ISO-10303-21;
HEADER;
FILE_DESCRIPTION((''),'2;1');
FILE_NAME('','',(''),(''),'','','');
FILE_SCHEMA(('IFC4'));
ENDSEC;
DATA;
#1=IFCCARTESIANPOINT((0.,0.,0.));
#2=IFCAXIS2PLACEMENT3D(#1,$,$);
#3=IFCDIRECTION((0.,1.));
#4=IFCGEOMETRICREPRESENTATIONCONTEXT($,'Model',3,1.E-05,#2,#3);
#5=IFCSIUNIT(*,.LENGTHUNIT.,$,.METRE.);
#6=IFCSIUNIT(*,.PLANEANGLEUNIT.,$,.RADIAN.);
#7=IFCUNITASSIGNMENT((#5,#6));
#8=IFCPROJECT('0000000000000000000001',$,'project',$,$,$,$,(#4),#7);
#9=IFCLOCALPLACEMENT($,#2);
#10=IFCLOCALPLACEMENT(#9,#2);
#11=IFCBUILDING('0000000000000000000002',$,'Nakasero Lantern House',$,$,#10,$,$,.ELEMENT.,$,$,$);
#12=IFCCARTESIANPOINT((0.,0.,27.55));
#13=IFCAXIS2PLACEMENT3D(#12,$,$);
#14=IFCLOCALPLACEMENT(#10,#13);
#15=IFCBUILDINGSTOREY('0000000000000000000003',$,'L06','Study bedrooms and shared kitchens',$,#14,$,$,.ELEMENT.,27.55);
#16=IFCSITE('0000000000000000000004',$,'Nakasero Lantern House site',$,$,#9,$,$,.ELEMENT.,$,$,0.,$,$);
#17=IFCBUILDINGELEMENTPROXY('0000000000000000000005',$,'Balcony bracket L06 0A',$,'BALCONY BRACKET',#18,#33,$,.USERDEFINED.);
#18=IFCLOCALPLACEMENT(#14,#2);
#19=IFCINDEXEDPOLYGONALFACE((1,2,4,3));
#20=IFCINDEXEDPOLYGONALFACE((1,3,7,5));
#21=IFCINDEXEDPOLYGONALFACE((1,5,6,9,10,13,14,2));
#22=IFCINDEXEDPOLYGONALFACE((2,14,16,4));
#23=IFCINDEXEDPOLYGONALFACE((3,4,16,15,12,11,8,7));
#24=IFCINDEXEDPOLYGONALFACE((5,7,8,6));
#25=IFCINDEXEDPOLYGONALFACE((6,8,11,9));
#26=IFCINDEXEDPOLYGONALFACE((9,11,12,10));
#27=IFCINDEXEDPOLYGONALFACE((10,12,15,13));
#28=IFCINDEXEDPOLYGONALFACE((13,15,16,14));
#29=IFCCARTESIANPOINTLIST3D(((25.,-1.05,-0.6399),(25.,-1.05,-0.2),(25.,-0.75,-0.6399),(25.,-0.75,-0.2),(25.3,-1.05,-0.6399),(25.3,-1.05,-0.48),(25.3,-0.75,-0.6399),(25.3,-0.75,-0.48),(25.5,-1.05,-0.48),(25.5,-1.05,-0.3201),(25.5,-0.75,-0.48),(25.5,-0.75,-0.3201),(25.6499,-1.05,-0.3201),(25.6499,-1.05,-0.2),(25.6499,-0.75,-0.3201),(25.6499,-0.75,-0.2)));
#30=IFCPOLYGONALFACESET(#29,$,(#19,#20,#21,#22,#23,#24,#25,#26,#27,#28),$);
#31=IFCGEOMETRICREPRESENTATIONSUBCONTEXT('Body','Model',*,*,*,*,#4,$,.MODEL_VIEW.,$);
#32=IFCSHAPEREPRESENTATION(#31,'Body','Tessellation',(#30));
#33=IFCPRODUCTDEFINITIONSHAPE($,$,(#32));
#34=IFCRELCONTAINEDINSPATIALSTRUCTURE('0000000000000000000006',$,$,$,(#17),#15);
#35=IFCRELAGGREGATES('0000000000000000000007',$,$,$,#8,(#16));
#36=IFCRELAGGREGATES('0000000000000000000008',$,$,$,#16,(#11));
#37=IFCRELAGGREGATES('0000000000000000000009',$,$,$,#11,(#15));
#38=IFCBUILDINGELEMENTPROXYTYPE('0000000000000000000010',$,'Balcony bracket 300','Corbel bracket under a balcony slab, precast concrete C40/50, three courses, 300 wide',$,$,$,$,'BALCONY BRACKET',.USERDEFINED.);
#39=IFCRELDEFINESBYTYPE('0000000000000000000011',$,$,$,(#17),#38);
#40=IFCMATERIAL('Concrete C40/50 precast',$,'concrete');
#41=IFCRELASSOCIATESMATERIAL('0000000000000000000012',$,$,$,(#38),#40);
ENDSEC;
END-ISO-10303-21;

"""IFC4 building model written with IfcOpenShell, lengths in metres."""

from ifc_helpers import new_model, si_unit, direction, frame, origin, place, context, subcontext, project, spatial, polyline, outline, extrude, material, type_object, element, save


model = new_model("IFC4")

# Units and contexts
model_context = context("Model", 3, precision=1e-05, world=origin(), true_north=direction((0.0, 1.0)))
body_context = subcontext(model_context, "Body", "Model", "MODEL_VIEW")
ifc_project = project(units=[si_unit("LENGTHUNIT", "METRE"), si_unit("PLANEANGLEUNIT", "RADIAN")], contexts=[model_context])

# Site, building, storey
site_placement = place(None, origin())
site = spatial("IfcSite", under=ifc_project, at=site_placement, Name="Nakasero Lantern House site", CompositionType="ELEMENT", RefElevation=0.0)
building_placement = place(site_placement, origin())
building = spatial("IfcBuilding", under=site, at=building_placement, Name="Nakasero Lantern House", CompositionType="ELEMENT")
storey_placement = place(building_placement, frame((0.0, 0.0, 27.55)))
storey = spatial("IfcBuildingStorey", under=building, at=storey_placement, Name="L06", Description="Study bedrooms and shared kitchens", CompositionType="ELEMENT", Elevation=27.55)

# Building element proxy
ifc_material_1 = material(Name="Concrete C40/50 precast", Category="concrete")
building_element_proxy_type = type_object("IfcBuildingElementProxyType", Name="Balcony bracket 300", Description="Corbel bracket under a balcony slab, precast concrete C40/50, three courses, 300 wide", ElementType="BALCONY BRACKET", PredefinedType="USERDEFINED", material=ifc_material_1)
proxy_placement = place(storey_placement, frame((25.0, -0.8999, -0.2), z_axis=(0.0, 0.0, 1.0), x_axis=(1.0, 0.0, 0.0)))
element("IfcBuildingElementProxy", 1, at=proxy_placement, inside=storey, type_object=building_element_proxy_type, Name="Balcony bracket L06 0A", ObjectType="BALCONY BRACKET", PredefinedType="USERDEFINED", context=body_context, shape_type="SweptSolid", body=[
    extrude(outline(polyline([(0.0, 0.0), (0.6499, 0.0), (0.6499, -0.1201), (0.5, -0.1201), (0.5, -0.28), (0.3, -0.28), (0.3, -0.4399), (0.0, -0.4399), (0.0, 0.0)])), frame((0.0, 0.1499, 0.0), z_axis=(0.0, -1.0, 0.0), x_axis=(1.0, 0.0, 0.0)), (0.0, 0.0, 1.0), 0.3),
])

save(model, "model.ifc")
